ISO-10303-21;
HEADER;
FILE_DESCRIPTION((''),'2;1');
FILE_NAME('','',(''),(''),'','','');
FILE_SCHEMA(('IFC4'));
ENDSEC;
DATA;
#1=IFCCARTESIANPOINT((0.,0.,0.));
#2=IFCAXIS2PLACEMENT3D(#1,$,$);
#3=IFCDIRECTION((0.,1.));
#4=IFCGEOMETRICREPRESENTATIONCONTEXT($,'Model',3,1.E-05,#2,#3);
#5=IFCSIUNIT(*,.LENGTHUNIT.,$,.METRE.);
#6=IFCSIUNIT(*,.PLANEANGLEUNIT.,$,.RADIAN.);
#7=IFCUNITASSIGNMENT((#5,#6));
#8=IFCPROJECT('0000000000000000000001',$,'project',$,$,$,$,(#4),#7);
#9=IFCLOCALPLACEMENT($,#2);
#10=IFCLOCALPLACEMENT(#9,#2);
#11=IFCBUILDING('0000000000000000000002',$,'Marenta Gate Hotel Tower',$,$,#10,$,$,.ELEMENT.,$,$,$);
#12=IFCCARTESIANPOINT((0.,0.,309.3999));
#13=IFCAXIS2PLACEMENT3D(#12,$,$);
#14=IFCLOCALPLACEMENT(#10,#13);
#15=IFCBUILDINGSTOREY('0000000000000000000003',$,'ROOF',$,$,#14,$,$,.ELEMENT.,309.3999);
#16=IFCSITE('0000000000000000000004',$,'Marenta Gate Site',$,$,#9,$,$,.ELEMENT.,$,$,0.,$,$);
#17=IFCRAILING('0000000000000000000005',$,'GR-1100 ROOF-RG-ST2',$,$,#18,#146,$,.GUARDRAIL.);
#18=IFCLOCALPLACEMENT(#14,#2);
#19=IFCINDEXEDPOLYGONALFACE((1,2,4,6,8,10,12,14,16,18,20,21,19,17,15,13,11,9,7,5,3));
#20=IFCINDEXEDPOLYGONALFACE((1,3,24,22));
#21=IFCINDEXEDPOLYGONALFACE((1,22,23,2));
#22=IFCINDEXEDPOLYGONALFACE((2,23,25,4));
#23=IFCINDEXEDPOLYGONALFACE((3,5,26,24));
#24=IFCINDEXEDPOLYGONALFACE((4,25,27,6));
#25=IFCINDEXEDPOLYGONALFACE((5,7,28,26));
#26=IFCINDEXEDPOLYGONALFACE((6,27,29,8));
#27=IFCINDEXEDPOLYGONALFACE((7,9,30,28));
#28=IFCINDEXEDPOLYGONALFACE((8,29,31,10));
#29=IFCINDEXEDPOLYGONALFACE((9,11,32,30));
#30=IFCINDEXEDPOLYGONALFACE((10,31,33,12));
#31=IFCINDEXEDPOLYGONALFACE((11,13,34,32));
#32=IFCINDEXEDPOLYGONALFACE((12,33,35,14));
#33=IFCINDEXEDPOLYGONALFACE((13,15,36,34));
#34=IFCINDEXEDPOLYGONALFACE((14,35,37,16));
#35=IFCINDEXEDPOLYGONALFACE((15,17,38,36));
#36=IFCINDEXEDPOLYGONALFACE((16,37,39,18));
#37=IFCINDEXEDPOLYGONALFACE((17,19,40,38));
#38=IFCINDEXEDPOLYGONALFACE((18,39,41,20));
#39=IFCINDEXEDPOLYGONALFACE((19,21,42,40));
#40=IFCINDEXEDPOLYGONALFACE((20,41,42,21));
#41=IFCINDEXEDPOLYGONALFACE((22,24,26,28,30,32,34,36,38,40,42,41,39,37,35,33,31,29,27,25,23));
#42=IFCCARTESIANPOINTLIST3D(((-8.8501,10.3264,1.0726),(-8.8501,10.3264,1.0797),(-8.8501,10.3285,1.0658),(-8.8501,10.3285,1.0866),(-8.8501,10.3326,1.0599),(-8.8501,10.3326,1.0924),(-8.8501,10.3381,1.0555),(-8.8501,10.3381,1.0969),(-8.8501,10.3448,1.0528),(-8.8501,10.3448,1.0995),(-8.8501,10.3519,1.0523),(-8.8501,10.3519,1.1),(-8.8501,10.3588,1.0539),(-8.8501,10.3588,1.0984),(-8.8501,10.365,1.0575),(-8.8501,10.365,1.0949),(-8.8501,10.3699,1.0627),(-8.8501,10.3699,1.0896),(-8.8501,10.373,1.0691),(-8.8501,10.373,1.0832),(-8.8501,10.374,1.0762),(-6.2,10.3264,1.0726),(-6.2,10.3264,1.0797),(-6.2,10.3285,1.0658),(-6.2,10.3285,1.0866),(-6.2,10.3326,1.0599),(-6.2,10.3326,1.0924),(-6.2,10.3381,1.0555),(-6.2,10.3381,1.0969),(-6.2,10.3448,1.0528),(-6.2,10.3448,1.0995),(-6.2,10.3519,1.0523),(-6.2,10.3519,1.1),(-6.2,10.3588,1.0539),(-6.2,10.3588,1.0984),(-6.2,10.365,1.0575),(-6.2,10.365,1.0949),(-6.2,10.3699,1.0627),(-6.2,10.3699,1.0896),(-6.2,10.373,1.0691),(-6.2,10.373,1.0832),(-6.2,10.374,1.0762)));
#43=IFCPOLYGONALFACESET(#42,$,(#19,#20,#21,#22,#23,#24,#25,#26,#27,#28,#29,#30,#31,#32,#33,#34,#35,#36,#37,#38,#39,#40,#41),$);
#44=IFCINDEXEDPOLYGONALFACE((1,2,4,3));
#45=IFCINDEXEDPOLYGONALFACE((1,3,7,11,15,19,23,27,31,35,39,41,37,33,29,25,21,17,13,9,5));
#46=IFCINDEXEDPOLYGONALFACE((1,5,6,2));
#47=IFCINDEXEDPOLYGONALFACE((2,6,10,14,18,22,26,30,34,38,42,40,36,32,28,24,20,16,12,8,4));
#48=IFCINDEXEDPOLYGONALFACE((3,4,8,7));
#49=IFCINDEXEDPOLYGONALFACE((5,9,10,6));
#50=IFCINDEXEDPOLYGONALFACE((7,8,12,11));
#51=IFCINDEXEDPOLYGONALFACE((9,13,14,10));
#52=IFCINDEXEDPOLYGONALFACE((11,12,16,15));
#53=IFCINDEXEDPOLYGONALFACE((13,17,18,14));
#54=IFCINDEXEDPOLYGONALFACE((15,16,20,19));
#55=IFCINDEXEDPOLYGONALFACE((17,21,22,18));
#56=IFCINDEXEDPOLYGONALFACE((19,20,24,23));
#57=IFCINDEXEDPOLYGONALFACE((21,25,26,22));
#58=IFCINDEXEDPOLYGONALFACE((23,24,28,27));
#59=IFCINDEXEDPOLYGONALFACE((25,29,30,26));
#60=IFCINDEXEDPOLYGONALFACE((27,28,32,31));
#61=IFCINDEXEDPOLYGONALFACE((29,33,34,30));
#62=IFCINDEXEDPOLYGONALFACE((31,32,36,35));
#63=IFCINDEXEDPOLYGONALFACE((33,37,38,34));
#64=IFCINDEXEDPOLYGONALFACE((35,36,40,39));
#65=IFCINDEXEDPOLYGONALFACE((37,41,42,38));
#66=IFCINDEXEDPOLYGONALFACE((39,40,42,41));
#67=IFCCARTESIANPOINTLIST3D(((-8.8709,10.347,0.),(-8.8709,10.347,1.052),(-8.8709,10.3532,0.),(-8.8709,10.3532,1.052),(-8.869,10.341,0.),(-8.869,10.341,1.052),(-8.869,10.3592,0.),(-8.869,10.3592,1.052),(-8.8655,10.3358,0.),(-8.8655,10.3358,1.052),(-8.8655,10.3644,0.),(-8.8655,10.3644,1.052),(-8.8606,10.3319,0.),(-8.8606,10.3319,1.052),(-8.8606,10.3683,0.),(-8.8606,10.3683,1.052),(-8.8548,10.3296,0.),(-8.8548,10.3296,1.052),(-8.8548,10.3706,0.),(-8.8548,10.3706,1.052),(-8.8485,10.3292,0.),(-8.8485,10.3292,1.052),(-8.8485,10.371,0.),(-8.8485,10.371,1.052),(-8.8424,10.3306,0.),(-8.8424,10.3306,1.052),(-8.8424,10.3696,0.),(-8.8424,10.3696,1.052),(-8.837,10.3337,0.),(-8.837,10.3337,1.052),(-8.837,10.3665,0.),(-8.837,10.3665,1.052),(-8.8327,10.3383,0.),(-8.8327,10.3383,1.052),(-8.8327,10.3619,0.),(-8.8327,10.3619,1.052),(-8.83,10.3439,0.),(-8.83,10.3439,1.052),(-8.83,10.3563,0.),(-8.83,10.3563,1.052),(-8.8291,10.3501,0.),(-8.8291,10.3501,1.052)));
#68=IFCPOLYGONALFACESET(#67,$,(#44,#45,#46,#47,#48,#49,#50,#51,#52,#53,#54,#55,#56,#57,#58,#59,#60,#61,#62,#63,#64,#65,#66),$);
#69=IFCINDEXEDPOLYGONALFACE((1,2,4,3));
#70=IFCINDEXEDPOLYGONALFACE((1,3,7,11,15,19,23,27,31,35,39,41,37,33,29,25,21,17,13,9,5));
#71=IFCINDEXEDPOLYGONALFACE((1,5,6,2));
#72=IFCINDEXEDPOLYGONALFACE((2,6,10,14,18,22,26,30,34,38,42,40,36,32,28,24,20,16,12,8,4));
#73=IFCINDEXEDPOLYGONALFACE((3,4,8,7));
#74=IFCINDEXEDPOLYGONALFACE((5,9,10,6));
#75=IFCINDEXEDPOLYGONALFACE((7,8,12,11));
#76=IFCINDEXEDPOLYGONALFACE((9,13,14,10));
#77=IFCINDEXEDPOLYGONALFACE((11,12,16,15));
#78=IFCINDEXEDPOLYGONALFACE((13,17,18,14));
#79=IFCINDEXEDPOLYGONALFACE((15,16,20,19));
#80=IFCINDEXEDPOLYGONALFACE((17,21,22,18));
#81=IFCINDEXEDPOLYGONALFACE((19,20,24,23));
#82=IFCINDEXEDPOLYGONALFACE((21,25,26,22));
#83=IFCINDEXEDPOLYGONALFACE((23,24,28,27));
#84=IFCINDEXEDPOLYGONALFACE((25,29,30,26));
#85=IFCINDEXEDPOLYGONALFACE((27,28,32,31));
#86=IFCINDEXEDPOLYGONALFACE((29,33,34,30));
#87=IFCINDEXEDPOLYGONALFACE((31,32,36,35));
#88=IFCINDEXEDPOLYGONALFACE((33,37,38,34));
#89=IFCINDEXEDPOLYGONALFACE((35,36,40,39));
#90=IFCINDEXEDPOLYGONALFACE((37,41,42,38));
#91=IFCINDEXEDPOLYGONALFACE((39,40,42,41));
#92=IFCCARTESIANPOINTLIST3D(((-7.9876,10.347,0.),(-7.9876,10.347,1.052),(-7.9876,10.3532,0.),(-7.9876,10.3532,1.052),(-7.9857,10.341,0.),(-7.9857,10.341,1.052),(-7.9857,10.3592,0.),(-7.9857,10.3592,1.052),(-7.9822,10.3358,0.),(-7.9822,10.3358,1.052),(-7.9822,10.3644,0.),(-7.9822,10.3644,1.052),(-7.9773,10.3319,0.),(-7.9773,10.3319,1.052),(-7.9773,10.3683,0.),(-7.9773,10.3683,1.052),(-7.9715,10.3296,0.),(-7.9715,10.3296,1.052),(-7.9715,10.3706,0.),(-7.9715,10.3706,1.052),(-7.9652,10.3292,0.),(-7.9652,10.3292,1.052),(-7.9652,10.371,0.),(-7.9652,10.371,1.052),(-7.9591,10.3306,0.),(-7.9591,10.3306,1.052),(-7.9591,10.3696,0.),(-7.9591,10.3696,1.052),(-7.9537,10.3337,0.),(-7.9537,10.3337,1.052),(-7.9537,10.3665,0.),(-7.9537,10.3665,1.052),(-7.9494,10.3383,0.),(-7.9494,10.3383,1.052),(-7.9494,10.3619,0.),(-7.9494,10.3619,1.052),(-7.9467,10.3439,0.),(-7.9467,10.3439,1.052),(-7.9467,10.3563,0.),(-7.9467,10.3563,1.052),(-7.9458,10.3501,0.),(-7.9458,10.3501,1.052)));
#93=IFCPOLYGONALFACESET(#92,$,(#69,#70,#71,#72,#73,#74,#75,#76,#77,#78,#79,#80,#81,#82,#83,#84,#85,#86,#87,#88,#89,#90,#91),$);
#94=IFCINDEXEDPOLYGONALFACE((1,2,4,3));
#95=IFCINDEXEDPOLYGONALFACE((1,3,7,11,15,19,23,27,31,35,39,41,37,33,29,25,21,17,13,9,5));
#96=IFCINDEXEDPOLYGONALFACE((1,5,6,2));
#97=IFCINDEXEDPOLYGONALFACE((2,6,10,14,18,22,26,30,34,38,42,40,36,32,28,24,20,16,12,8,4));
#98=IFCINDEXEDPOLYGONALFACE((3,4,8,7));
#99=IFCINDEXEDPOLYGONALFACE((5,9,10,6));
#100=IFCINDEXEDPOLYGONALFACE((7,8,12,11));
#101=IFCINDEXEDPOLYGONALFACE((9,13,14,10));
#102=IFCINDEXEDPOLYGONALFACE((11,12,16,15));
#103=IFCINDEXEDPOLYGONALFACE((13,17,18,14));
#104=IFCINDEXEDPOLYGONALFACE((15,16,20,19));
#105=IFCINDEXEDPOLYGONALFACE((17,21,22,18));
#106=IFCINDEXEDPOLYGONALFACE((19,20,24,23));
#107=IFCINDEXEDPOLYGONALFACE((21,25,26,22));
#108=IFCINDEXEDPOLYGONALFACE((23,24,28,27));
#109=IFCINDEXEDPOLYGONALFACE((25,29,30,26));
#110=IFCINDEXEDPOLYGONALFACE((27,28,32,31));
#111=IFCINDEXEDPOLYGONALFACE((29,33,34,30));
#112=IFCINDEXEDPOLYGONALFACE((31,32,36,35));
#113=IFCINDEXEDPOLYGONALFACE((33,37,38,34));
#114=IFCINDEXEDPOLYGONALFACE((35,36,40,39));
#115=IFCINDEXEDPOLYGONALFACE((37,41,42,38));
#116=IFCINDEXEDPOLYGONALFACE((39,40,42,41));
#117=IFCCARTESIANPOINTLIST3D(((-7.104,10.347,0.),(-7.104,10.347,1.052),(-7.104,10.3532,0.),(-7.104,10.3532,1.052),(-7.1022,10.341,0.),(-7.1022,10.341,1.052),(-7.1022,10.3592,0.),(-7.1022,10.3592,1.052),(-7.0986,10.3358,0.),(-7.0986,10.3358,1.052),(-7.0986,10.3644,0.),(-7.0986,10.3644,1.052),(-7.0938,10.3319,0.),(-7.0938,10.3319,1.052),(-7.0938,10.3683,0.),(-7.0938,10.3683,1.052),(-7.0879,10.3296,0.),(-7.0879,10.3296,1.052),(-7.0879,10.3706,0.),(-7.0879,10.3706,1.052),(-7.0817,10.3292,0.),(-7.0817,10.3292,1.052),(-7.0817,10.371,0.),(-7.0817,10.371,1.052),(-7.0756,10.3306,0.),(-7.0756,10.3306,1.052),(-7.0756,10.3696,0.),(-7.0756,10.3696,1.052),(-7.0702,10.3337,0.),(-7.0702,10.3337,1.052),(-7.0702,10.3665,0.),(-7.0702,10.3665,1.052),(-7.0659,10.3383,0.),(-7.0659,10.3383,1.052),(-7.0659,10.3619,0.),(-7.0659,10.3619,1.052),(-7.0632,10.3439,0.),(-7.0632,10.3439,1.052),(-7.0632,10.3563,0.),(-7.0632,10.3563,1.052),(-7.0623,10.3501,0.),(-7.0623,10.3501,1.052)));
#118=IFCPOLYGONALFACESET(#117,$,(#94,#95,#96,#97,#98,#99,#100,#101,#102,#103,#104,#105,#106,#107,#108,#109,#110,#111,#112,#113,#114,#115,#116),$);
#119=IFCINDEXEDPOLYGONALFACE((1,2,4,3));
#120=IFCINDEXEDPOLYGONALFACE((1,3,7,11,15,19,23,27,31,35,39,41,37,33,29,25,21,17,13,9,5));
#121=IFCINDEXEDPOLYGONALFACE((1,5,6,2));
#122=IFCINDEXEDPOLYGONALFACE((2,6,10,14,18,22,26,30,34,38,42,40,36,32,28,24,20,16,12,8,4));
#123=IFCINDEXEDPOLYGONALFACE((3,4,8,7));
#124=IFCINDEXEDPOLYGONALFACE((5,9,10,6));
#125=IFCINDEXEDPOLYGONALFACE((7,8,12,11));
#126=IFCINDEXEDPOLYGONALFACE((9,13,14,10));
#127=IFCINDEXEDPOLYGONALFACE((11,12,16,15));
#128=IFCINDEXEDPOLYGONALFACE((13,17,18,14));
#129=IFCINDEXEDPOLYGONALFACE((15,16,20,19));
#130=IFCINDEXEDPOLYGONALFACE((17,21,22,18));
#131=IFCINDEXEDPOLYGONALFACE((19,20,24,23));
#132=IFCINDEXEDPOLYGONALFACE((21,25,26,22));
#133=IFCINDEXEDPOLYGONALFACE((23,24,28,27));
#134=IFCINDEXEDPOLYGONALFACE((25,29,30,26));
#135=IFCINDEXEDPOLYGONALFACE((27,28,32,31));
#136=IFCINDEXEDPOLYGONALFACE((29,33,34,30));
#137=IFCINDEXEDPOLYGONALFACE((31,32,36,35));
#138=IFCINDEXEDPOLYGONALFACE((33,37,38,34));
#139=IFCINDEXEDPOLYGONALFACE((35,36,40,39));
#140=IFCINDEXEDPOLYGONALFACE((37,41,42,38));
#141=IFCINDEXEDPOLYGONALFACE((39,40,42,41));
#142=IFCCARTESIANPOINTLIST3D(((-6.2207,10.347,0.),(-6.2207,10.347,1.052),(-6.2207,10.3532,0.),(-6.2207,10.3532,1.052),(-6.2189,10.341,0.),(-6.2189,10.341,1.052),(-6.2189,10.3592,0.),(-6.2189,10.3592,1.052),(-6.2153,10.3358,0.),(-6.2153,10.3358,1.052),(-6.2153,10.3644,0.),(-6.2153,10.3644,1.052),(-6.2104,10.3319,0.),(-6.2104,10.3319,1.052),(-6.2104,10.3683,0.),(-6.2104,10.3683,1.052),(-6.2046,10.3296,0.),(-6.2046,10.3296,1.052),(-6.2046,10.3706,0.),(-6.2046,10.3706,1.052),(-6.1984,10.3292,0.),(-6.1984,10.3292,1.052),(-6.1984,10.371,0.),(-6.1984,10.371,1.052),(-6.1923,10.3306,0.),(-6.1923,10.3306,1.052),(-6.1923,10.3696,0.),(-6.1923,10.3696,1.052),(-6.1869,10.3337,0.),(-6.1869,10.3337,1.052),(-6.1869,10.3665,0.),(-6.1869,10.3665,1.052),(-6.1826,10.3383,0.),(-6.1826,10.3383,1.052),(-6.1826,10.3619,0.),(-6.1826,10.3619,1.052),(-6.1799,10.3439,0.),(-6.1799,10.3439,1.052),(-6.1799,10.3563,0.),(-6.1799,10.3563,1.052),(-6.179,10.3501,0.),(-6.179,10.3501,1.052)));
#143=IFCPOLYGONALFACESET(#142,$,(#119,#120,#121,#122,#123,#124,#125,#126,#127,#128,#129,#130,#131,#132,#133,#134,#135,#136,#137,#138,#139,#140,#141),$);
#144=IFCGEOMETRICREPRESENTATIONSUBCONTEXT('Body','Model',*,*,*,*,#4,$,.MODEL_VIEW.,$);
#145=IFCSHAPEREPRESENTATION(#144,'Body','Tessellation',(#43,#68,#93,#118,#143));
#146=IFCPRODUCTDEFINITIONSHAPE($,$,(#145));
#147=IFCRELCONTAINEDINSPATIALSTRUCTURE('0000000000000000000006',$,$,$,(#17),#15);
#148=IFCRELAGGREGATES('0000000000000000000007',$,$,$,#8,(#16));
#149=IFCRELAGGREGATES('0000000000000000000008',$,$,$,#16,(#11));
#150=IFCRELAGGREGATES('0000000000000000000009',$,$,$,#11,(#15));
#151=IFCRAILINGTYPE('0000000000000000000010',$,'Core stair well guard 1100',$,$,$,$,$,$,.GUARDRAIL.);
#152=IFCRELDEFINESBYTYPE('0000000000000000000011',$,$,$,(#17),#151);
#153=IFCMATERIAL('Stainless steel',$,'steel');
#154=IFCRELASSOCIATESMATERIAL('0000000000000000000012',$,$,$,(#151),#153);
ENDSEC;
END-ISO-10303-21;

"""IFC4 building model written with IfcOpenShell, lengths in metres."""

from ifc_helpers import new_model, si_unit, direction, frame, origin, origin_2d, place, context, subcontext, project, spatial, circle, extrude, material, type_object, element, save


model = new_model("IFC4")

# Units and contexts
model_context = context("Model", 3, precision=1e-05, world=origin(), true_north=direction((0.0, 1.0)))
body_context = subcontext(model_context, "Body", "Model", "MODEL_VIEW")
ifc_project = project(units=[si_unit("LENGTHUNIT", "METRE"), si_unit("PLANEANGLEUNIT", "RADIAN")], contexts=[model_context])

# Site, building, storey
site_placement = place(None, origin())
site = spatial("IfcSite", under=ifc_project, at=site_placement, Name="Marenta Gate Site", CompositionType="ELEMENT", RefElevation=0.0)
building_placement = place(site_placement, origin())
building = spatial("IfcBuilding", under=site, at=building_placement, Name="Marenta Gate Hotel Tower", CompositionType="ELEMENT")
storey_placement = place(building_placement, frame((0.0, 0.0, 309.3999)))
storey = spatial("IfcBuildingStorey", under=building, at=storey_placement, Name="ROOF", CompositionType="ELEMENT", Elevation=309.3999)

# Railing
ifc_material_1 = material(Name="Stainless steel", Category="steel")
railing_type = type_object("IfcRailingType", Name="Core stair well guard 1100", PredefinedType="GUARDRAIL", material=ifc_material_1)
for number, where, name in (
    (1, (-8.8501, 10.3501, 0.0), "GR-1100 ROOF-RG-ST2"),
):
    element("IfcRailing", number, at=place(storey_placement, frame(where)), inside=storey, type_object=railing_type, Name=name, PredefinedType="GUARDRAIL", context=body_context, shape_type="SweptSolid", body=[
        extrude(circle(Radius=0.0239, at=origin_2d()), frame((0.0, 0.0, 1.0762), z_axis=(1.0, 0.0, 0.0), x_axis=(0.0, 1.0, 0.0)), (0.0, 0.0, 1.0), 2.6501),
        extrude(circle(Radius=0.021, at=origin_2d()), origin(), (0.0, 0.0, 1.0), 1.052),
        extrude(circle(Radius=0.021, at=origin_2d()), frame((0.8833, 0.0, 0.0)), (0.0, 0.0, 1.0), 1.052),
        extrude(circle(Radius=0.021, at=origin_2d()), frame((1.7668, 0.0, 0.0)), (0.0, 0.0, 1.0), 1.052),
        extrude(circle(Radius=0.021, at=origin_2d()), frame((2.6501, 0.0, 0.0)), (0.0, 0.0, 1.0), 1.052),
    ])

save(model, "model.ifc")
